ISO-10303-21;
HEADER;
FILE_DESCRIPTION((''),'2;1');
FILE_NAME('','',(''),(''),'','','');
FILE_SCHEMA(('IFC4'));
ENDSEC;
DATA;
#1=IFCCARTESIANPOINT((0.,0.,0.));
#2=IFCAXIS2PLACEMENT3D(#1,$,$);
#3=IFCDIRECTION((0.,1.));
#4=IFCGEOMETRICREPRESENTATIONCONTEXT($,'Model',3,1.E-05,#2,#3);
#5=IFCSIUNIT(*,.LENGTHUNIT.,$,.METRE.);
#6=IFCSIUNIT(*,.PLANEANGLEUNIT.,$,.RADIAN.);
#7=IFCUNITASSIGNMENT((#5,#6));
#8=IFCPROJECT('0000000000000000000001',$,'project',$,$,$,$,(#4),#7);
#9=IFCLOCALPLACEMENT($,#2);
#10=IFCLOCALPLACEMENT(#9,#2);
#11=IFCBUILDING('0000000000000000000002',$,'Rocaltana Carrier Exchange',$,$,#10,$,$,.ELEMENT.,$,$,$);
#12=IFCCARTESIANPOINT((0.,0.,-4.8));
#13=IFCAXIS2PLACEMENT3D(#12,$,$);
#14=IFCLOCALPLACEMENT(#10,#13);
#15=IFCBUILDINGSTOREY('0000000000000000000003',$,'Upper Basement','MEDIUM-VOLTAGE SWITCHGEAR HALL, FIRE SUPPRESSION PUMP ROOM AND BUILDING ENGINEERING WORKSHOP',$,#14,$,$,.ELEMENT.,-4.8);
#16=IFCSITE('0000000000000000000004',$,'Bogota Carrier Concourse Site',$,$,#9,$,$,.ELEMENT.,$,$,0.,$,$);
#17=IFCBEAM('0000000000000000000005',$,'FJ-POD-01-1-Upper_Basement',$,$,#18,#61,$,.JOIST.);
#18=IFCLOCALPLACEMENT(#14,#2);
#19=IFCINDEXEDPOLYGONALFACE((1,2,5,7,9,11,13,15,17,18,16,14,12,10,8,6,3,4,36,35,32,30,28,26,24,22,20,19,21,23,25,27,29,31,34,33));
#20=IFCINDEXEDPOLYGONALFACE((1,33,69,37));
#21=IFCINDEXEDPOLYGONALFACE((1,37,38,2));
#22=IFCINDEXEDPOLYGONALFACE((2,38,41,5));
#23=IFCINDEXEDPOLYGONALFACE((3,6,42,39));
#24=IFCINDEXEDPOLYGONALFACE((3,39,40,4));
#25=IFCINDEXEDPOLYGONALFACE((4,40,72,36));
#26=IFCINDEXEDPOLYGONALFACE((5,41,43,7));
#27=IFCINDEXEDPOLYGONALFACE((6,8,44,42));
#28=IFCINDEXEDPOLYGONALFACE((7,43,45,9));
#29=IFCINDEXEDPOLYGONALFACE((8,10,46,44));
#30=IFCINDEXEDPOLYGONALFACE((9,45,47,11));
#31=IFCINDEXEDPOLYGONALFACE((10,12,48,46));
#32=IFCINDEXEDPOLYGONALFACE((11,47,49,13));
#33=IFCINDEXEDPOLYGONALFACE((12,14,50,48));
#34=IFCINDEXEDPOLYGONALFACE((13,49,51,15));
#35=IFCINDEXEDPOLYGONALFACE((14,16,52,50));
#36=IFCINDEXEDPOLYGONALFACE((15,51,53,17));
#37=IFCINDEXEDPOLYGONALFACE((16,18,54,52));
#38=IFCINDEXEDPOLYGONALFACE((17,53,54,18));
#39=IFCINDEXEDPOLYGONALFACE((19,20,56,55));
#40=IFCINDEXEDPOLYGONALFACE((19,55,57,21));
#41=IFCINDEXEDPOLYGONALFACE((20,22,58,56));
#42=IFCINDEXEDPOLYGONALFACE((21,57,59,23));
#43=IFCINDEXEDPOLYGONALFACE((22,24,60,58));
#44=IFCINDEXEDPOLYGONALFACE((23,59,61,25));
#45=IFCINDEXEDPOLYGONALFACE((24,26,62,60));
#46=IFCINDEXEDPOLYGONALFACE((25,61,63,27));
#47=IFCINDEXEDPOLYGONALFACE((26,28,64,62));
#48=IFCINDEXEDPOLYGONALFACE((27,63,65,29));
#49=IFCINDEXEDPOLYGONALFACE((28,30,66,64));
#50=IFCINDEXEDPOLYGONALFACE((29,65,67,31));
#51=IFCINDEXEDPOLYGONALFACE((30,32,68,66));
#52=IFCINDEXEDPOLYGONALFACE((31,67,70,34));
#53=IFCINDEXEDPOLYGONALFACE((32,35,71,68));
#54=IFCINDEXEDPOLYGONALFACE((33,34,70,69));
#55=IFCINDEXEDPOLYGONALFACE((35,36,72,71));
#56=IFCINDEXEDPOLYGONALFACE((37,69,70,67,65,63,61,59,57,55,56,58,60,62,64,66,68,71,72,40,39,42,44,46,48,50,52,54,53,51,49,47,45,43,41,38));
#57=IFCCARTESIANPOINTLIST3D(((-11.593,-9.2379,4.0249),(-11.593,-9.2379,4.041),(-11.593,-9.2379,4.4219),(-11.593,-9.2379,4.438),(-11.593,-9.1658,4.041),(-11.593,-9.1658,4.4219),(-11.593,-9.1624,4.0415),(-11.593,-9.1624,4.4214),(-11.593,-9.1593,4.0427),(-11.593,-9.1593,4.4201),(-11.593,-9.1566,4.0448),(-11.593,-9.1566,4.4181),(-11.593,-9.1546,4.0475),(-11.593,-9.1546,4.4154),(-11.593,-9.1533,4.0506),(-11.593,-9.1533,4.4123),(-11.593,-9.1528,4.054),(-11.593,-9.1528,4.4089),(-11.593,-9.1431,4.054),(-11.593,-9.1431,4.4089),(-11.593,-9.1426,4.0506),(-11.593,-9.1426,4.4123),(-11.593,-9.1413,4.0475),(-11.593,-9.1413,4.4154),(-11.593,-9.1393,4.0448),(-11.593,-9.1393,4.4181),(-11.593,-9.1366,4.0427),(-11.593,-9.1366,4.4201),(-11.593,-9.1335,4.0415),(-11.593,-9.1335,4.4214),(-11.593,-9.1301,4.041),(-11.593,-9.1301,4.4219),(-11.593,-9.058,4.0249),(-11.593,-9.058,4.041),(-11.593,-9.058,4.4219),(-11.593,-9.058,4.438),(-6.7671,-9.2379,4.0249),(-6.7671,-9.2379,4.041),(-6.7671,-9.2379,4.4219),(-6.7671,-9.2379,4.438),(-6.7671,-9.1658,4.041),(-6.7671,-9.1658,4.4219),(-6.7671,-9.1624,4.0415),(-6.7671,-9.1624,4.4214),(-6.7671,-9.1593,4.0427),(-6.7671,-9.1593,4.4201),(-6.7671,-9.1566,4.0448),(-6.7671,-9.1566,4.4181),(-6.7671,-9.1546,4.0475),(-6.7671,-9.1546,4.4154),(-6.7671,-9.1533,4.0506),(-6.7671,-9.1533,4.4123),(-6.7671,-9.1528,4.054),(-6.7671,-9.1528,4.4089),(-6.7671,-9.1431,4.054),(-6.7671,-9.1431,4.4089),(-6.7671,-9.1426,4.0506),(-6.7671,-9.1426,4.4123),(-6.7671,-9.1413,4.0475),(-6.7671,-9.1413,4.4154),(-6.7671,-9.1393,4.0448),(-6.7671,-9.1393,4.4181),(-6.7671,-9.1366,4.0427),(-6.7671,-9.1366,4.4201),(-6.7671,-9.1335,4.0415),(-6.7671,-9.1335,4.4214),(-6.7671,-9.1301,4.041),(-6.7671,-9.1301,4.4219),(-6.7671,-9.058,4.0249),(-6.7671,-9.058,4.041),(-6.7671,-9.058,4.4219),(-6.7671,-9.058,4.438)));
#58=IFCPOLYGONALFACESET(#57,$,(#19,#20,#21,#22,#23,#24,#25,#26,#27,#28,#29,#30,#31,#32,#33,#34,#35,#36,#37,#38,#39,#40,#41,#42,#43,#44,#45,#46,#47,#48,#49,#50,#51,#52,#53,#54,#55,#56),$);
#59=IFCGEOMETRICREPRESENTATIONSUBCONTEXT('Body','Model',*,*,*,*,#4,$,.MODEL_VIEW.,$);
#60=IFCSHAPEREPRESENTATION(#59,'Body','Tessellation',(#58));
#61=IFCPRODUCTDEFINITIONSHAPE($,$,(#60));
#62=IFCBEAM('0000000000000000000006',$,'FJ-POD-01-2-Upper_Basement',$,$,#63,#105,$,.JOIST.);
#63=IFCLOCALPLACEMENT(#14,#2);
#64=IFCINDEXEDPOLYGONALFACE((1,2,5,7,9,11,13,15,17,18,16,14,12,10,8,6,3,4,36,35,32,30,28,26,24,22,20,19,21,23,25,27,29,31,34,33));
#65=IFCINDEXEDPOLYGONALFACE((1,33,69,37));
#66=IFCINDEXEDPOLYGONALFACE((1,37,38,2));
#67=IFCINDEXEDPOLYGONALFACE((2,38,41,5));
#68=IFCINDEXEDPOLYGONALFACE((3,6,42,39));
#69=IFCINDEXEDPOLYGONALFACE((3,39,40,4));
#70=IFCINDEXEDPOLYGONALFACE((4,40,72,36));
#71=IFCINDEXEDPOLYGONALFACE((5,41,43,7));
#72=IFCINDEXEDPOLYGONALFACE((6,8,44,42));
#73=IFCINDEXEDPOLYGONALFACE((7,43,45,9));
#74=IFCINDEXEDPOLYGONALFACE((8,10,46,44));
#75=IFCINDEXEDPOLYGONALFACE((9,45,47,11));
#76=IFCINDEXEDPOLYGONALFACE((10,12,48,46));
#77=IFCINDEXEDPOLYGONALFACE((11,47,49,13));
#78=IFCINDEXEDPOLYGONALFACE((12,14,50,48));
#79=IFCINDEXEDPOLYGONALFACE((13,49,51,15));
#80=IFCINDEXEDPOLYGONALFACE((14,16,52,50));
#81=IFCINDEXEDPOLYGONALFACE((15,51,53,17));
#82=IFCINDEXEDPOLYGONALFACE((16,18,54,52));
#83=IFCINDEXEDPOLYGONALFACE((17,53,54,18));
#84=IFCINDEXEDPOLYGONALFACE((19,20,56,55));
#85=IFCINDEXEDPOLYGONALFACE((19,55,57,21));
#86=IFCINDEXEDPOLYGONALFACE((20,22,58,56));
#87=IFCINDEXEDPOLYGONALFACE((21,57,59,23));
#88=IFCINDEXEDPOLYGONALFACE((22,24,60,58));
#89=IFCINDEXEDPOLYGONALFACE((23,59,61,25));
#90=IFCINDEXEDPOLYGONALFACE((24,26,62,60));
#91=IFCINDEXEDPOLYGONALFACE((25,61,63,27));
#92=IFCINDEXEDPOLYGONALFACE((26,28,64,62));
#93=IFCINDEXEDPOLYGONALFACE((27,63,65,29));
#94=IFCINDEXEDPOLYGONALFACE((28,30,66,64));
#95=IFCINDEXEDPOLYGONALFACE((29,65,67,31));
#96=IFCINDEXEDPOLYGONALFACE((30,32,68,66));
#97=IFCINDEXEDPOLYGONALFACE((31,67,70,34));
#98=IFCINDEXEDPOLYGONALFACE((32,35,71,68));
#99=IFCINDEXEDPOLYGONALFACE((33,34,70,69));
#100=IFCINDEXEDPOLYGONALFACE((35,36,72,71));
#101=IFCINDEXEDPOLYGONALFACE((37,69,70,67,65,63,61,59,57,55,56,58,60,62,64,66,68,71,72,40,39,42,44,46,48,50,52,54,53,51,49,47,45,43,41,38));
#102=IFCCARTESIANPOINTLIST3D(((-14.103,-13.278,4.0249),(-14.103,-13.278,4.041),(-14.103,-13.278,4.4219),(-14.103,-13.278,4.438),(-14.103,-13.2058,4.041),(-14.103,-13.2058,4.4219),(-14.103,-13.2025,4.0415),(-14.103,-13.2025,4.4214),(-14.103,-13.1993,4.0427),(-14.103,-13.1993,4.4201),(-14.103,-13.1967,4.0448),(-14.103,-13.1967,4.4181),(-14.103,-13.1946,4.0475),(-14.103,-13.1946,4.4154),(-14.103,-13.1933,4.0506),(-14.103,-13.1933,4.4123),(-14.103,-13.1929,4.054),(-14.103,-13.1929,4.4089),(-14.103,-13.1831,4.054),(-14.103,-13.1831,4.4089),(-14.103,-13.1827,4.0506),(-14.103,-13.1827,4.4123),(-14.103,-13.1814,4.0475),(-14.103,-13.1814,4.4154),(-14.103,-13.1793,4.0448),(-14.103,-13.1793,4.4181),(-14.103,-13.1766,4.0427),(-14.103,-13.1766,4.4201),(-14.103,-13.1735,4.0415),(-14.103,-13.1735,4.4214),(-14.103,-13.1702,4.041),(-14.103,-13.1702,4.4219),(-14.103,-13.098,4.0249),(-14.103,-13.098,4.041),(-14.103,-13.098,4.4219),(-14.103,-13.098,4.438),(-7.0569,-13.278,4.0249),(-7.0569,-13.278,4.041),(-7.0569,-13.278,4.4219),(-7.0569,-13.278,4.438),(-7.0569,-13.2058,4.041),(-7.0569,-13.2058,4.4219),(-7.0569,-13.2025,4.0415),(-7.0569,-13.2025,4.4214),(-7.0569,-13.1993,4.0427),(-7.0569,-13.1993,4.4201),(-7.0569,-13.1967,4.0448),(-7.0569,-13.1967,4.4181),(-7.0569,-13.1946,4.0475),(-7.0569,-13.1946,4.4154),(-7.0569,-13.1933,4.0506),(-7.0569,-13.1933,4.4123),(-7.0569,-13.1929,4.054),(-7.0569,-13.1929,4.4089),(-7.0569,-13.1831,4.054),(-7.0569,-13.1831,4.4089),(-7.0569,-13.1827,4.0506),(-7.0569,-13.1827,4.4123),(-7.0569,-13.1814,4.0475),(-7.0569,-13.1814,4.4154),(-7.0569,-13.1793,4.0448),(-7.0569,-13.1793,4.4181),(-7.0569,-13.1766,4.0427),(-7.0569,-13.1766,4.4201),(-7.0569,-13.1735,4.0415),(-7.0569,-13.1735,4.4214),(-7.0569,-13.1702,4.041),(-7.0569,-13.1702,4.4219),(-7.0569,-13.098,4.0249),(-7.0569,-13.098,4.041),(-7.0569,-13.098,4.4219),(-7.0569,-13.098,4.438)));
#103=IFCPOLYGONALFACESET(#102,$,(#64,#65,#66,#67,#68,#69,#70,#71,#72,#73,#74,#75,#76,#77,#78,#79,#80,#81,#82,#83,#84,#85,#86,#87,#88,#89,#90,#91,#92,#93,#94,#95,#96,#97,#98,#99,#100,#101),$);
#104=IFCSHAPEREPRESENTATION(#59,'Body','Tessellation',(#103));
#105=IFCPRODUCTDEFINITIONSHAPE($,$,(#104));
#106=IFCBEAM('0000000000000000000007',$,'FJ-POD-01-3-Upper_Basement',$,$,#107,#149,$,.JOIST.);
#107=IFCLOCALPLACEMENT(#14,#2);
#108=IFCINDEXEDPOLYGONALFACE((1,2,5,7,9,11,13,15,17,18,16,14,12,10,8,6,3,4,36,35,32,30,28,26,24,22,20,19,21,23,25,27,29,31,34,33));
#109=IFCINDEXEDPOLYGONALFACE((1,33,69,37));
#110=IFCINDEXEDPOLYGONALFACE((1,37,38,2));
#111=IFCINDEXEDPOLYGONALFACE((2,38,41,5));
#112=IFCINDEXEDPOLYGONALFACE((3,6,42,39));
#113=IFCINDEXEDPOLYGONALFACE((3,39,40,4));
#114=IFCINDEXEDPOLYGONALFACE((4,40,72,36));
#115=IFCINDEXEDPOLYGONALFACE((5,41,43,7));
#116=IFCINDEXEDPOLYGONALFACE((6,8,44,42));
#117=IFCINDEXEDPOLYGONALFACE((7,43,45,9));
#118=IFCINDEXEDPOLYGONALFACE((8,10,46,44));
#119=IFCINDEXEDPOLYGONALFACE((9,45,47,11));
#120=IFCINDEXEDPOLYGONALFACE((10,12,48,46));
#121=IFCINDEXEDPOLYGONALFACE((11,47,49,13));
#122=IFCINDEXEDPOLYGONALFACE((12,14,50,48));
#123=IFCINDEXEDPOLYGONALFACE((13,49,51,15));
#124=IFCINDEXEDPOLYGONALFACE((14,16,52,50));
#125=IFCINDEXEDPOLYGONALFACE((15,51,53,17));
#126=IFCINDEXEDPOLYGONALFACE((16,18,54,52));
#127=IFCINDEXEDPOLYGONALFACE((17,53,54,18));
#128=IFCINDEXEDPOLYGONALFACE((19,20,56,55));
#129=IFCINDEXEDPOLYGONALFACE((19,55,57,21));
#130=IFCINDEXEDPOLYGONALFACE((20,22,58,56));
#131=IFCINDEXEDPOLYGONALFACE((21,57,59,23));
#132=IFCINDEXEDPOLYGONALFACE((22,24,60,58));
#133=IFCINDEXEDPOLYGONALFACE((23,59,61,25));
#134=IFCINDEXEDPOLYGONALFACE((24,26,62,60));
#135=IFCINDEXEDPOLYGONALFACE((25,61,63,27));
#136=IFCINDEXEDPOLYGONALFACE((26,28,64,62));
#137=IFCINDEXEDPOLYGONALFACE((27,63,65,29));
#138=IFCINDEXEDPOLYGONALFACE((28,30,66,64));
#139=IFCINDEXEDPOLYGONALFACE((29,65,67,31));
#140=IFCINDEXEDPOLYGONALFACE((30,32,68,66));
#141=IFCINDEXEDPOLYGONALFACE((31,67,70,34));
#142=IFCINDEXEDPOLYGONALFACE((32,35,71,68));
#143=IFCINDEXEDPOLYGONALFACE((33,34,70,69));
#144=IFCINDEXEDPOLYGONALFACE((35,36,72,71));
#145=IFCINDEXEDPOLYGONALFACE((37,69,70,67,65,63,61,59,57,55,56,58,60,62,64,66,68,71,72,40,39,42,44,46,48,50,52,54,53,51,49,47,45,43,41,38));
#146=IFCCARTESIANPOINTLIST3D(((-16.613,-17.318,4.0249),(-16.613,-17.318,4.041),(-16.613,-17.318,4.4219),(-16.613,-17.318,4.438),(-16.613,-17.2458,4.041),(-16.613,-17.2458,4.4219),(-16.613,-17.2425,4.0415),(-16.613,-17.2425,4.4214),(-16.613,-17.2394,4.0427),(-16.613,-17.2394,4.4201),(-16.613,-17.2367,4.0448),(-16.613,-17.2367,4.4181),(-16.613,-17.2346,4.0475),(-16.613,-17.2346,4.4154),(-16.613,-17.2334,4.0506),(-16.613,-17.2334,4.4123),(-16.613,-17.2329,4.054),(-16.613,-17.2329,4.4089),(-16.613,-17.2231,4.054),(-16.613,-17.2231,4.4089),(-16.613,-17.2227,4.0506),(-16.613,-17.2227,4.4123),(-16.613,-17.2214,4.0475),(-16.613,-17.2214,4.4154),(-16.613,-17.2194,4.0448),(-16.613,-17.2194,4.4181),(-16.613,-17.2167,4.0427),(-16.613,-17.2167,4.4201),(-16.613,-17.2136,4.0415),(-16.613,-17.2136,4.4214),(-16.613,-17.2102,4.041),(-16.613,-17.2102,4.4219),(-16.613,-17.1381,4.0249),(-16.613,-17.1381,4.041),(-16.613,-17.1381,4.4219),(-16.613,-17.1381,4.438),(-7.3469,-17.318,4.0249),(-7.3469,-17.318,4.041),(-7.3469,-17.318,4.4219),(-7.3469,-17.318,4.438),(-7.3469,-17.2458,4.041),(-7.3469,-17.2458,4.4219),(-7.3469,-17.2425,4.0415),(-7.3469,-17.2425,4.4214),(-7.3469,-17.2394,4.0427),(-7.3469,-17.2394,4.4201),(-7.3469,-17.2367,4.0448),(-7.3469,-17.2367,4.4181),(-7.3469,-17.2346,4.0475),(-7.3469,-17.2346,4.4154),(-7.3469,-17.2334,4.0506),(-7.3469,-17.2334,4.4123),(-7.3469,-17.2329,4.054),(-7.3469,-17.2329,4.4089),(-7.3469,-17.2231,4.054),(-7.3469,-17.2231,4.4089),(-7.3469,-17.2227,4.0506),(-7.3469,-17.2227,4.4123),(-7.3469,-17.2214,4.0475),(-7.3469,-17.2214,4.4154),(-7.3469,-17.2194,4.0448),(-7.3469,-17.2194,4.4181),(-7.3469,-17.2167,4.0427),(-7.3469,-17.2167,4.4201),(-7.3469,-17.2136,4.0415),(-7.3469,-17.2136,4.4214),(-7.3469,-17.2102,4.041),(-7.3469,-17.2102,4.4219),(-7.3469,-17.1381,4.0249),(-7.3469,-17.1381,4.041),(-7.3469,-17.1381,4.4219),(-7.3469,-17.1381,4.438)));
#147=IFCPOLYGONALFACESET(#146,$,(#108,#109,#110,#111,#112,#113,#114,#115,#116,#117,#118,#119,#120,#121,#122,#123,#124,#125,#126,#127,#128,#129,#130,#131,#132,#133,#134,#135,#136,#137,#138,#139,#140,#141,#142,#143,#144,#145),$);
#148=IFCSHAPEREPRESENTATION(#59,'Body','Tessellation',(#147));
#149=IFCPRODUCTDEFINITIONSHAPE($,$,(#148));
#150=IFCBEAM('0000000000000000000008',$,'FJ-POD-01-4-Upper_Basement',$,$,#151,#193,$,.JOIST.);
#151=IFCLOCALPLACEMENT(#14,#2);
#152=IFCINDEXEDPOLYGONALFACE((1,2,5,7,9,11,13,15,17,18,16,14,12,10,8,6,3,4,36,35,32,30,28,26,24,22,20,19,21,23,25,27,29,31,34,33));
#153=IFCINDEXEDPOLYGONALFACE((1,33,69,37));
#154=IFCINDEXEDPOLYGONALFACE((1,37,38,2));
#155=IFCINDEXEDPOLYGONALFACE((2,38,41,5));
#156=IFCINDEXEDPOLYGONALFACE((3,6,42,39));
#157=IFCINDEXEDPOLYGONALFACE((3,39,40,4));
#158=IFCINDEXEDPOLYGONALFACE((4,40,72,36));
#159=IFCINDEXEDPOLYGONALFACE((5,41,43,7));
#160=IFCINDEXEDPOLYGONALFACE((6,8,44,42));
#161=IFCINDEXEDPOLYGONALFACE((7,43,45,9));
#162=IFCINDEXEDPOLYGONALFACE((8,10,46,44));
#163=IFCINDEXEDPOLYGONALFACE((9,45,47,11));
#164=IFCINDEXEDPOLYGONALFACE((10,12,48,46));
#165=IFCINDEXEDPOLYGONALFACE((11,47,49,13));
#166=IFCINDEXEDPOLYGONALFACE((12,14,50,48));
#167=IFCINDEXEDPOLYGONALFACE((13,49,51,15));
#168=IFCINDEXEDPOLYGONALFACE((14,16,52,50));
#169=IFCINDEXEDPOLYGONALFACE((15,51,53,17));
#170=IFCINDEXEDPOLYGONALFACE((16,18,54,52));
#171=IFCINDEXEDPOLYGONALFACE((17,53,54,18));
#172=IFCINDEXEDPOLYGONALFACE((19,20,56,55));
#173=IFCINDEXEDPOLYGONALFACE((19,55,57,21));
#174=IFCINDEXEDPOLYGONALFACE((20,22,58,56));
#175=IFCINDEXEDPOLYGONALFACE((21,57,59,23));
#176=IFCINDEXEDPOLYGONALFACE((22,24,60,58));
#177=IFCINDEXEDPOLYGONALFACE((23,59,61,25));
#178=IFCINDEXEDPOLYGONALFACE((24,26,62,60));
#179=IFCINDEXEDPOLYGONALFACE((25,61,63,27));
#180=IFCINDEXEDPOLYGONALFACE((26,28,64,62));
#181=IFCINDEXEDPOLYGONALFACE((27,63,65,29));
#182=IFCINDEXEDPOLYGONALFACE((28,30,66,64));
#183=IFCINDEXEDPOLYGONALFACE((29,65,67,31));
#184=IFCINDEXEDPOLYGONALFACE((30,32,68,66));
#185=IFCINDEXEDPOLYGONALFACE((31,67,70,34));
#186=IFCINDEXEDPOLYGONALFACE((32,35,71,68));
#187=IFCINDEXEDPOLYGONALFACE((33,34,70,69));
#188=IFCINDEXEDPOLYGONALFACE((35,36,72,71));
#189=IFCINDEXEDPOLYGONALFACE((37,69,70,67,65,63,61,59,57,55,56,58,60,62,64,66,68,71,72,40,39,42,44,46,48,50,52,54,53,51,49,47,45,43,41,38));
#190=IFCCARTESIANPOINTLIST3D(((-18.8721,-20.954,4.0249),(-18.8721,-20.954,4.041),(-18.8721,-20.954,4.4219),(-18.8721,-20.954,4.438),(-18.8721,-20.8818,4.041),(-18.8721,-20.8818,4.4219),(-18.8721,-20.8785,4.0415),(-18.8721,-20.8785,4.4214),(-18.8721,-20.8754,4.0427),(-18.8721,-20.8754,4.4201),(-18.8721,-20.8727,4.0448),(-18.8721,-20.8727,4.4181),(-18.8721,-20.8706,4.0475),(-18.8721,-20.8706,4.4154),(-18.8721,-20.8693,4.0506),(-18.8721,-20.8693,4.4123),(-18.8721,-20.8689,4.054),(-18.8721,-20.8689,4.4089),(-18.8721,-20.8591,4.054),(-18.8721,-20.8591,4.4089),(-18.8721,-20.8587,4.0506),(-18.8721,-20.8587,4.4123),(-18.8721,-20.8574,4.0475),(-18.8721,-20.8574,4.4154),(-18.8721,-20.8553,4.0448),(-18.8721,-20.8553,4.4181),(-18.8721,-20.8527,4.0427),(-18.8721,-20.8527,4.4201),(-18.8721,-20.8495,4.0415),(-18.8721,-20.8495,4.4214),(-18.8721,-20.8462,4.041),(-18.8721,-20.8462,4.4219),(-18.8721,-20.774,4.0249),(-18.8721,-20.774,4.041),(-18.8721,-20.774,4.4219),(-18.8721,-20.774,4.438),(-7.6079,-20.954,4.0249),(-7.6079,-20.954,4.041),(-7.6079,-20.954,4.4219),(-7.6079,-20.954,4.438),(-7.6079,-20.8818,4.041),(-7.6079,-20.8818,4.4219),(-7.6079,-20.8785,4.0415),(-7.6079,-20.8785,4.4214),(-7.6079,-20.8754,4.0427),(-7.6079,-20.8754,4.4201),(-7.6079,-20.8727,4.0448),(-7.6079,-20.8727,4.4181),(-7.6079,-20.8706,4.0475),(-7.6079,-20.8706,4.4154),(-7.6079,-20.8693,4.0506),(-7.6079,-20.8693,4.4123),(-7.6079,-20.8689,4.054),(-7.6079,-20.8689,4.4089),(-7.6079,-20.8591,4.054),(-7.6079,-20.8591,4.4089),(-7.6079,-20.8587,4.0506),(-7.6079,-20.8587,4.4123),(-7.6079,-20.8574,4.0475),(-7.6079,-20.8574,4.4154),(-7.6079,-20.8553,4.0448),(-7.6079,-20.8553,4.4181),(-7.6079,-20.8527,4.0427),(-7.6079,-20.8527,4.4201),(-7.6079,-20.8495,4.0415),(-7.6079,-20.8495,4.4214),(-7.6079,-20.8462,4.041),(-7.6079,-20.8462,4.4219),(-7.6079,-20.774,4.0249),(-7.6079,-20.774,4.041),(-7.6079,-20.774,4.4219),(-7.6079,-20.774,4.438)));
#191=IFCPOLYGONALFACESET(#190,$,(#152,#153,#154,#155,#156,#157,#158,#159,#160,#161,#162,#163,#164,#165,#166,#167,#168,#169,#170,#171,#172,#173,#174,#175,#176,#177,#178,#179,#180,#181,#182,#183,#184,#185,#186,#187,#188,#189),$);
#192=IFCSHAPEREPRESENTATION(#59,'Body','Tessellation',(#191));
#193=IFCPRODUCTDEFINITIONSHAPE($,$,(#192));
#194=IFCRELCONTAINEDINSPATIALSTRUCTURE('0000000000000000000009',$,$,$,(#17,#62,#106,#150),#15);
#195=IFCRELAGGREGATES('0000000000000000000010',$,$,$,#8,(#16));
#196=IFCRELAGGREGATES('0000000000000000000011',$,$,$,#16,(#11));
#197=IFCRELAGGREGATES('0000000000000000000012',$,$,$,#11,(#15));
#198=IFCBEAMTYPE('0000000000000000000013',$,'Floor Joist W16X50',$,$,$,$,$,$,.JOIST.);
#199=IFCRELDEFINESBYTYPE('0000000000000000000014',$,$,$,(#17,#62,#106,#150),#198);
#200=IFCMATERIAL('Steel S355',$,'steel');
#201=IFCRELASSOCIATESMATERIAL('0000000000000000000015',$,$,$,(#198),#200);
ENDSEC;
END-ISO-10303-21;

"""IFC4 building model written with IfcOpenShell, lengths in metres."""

from ifc_helpers import new_model, si_unit, direction, frame, origin, origin_2d, place, context, subcontext, project, spatial, i_section, extrude, material, material_profile, profile_set, type_object, element, save


model = new_model("IFC4")

# Units and contexts
model_context = context("Model", 3, precision=1e-05, world=origin(), true_north=direction((0.0, 1.0)))
body_context = subcontext(model_context, "Body", "Model", "MODEL_VIEW")
ifc_project = project(units=[si_unit("LENGTHUNIT", "METRE"), si_unit("PLANEANGLEUNIT", "RADIAN")], contexts=[model_context])

# Site, building, storey
site_placement = place(None, origin())
site = spatial("IfcSite", under=ifc_project, at=site_placement, Name="Bogota Carrier Concourse Site", CompositionType="ELEMENT", RefElevation=0.0)
building_placement = place(site_placement, origin())
building = spatial("IfcBuilding", under=site, at=building_placement, Name="Rocaltana Carrier Exchange", CompositionType="ELEMENT")
storey_placement = place(building_placement, frame((0.0, 0.0, -4.8)))
storey = spatial("IfcBuildingStorey", under=building, at=storey_placement, Name="Upper Basement", Description="MEDIUM-VOLTAGE SWITCHGEAR HALL, FIRE SUPPRESSION PUMP ROOM AND BUILDING ENGINEERING WORKSHOP", CompositionType="ELEMENT", Elevation=-4.8)

# Beams
ifc_material_1 = material(Name="Steel S355", Category="steel")
ifc_material_profile_1 = material_profile(ifc_material_1, i_section(OverallWidth=0.1799, OverallDepth=0.4131, WebThickness=0.0098, FlangeThickness=0.0161, FilletRadius=0.0129, at=origin_2d()), Name="W16X50")
ifc_profile_set_1 = profile_set([ifc_material_profile_1], Name="Steel S355")
beam_type_1 = type_object("IfcBeamType", Name="Floor Joist W16X50", PredefinedType="JOIST", material=ifc_profile_set_1)
beam_1_placement = place(storey_placement, frame((-11.593, -9.1479, 4.2314), z_axis=(1.0, 0.0, 0.0), x_axis=(0.0, 1.0, 0.0)))
element("IfcBeam", 1, at=beam_1_placement, inside=storey, type_object=beam_type_1, Name="FJ-POD-01-1-Upper_Basement", PredefinedType="JOIST", context=body_context, shape_type="SweptSolid", body=[
    extrude(i_section(OverallWidth=0.1799, OverallDepth=0.4131, WebThickness=0.0098, FlangeThickness=0.0161, FilletRadius=0.0129, at=origin_2d()), origin(), (0.0, 0.0, 1.0), 4.8259),
])
beam_2_placement = place(storey_placement, frame((-14.103, -13.188, 4.2314), z_axis=(1.0, 0.0, 0.0), x_axis=(0.0, 1.0, 0.0)))
element("IfcBeam", 2, at=beam_2_placement, inside=storey, type_object=beam_type_1, Name="FJ-POD-01-2-Upper_Basement", PredefinedType="JOIST", context=body_context, shape_type="SweptSolid", body=[
    extrude(i_section(OverallWidth=0.1799, OverallDepth=0.4131, WebThickness=0.0098, FlangeThickness=0.0161, FilletRadius=0.0129, at=origin_2d()), origin(), (0.0, 0.0, 1.0), 7.0461),
])
beam_3_placement = place(storey_placement, frame((-16.613, -17.228, 4.2314), z_axis=(1.0, 0.0, 0.0), x_axis=(0.0, 1.0, 0.0)))
element("IfcBeam", 3, at=beam_3_placement, inside=storey, type_object=beam_type_1, Name="FJ-POD-01-3-Upper_Basement", PredefinedType="JOIST", context=body_context, shape_type="SweptSolid", body=[
    extrude(i_section(OverallWidth=0.1799, OverallDepth=0.4131, WebThickness=0.0098, FlangeThickness=0.0161, FilletRadius=0.0129, at=origin_2d()), origin(), (0.0, 0.0, 1.0), 9.2661),
])
beam_4_placement = place(storey_placement, frame((-18.8721, -20.864, 4.2314), z_axis=(1.0, 0.0, 0.0), x_axis=(0.0, 1.0, 0.0)))
element("IfcBeam", 4, at=beam_4_placement, inside=storey, type_object=beam_type_1, Name="FJ-POD-01-4-Upper_Basement", PredefinedType="JOIST", context=body_context, shape_type="SweptSolid", body=[
    extrude(i_section(OverallWidth=0.1799, OverallDepth=0.4131, WebThickness=0.0098, FlangeThickness=0.0161, FilletRadius=0.0129, at=origin_2d()), origin(), (0.0, 0.0, 1.0), 11.2642),
])

save(model, "model.ifc")
